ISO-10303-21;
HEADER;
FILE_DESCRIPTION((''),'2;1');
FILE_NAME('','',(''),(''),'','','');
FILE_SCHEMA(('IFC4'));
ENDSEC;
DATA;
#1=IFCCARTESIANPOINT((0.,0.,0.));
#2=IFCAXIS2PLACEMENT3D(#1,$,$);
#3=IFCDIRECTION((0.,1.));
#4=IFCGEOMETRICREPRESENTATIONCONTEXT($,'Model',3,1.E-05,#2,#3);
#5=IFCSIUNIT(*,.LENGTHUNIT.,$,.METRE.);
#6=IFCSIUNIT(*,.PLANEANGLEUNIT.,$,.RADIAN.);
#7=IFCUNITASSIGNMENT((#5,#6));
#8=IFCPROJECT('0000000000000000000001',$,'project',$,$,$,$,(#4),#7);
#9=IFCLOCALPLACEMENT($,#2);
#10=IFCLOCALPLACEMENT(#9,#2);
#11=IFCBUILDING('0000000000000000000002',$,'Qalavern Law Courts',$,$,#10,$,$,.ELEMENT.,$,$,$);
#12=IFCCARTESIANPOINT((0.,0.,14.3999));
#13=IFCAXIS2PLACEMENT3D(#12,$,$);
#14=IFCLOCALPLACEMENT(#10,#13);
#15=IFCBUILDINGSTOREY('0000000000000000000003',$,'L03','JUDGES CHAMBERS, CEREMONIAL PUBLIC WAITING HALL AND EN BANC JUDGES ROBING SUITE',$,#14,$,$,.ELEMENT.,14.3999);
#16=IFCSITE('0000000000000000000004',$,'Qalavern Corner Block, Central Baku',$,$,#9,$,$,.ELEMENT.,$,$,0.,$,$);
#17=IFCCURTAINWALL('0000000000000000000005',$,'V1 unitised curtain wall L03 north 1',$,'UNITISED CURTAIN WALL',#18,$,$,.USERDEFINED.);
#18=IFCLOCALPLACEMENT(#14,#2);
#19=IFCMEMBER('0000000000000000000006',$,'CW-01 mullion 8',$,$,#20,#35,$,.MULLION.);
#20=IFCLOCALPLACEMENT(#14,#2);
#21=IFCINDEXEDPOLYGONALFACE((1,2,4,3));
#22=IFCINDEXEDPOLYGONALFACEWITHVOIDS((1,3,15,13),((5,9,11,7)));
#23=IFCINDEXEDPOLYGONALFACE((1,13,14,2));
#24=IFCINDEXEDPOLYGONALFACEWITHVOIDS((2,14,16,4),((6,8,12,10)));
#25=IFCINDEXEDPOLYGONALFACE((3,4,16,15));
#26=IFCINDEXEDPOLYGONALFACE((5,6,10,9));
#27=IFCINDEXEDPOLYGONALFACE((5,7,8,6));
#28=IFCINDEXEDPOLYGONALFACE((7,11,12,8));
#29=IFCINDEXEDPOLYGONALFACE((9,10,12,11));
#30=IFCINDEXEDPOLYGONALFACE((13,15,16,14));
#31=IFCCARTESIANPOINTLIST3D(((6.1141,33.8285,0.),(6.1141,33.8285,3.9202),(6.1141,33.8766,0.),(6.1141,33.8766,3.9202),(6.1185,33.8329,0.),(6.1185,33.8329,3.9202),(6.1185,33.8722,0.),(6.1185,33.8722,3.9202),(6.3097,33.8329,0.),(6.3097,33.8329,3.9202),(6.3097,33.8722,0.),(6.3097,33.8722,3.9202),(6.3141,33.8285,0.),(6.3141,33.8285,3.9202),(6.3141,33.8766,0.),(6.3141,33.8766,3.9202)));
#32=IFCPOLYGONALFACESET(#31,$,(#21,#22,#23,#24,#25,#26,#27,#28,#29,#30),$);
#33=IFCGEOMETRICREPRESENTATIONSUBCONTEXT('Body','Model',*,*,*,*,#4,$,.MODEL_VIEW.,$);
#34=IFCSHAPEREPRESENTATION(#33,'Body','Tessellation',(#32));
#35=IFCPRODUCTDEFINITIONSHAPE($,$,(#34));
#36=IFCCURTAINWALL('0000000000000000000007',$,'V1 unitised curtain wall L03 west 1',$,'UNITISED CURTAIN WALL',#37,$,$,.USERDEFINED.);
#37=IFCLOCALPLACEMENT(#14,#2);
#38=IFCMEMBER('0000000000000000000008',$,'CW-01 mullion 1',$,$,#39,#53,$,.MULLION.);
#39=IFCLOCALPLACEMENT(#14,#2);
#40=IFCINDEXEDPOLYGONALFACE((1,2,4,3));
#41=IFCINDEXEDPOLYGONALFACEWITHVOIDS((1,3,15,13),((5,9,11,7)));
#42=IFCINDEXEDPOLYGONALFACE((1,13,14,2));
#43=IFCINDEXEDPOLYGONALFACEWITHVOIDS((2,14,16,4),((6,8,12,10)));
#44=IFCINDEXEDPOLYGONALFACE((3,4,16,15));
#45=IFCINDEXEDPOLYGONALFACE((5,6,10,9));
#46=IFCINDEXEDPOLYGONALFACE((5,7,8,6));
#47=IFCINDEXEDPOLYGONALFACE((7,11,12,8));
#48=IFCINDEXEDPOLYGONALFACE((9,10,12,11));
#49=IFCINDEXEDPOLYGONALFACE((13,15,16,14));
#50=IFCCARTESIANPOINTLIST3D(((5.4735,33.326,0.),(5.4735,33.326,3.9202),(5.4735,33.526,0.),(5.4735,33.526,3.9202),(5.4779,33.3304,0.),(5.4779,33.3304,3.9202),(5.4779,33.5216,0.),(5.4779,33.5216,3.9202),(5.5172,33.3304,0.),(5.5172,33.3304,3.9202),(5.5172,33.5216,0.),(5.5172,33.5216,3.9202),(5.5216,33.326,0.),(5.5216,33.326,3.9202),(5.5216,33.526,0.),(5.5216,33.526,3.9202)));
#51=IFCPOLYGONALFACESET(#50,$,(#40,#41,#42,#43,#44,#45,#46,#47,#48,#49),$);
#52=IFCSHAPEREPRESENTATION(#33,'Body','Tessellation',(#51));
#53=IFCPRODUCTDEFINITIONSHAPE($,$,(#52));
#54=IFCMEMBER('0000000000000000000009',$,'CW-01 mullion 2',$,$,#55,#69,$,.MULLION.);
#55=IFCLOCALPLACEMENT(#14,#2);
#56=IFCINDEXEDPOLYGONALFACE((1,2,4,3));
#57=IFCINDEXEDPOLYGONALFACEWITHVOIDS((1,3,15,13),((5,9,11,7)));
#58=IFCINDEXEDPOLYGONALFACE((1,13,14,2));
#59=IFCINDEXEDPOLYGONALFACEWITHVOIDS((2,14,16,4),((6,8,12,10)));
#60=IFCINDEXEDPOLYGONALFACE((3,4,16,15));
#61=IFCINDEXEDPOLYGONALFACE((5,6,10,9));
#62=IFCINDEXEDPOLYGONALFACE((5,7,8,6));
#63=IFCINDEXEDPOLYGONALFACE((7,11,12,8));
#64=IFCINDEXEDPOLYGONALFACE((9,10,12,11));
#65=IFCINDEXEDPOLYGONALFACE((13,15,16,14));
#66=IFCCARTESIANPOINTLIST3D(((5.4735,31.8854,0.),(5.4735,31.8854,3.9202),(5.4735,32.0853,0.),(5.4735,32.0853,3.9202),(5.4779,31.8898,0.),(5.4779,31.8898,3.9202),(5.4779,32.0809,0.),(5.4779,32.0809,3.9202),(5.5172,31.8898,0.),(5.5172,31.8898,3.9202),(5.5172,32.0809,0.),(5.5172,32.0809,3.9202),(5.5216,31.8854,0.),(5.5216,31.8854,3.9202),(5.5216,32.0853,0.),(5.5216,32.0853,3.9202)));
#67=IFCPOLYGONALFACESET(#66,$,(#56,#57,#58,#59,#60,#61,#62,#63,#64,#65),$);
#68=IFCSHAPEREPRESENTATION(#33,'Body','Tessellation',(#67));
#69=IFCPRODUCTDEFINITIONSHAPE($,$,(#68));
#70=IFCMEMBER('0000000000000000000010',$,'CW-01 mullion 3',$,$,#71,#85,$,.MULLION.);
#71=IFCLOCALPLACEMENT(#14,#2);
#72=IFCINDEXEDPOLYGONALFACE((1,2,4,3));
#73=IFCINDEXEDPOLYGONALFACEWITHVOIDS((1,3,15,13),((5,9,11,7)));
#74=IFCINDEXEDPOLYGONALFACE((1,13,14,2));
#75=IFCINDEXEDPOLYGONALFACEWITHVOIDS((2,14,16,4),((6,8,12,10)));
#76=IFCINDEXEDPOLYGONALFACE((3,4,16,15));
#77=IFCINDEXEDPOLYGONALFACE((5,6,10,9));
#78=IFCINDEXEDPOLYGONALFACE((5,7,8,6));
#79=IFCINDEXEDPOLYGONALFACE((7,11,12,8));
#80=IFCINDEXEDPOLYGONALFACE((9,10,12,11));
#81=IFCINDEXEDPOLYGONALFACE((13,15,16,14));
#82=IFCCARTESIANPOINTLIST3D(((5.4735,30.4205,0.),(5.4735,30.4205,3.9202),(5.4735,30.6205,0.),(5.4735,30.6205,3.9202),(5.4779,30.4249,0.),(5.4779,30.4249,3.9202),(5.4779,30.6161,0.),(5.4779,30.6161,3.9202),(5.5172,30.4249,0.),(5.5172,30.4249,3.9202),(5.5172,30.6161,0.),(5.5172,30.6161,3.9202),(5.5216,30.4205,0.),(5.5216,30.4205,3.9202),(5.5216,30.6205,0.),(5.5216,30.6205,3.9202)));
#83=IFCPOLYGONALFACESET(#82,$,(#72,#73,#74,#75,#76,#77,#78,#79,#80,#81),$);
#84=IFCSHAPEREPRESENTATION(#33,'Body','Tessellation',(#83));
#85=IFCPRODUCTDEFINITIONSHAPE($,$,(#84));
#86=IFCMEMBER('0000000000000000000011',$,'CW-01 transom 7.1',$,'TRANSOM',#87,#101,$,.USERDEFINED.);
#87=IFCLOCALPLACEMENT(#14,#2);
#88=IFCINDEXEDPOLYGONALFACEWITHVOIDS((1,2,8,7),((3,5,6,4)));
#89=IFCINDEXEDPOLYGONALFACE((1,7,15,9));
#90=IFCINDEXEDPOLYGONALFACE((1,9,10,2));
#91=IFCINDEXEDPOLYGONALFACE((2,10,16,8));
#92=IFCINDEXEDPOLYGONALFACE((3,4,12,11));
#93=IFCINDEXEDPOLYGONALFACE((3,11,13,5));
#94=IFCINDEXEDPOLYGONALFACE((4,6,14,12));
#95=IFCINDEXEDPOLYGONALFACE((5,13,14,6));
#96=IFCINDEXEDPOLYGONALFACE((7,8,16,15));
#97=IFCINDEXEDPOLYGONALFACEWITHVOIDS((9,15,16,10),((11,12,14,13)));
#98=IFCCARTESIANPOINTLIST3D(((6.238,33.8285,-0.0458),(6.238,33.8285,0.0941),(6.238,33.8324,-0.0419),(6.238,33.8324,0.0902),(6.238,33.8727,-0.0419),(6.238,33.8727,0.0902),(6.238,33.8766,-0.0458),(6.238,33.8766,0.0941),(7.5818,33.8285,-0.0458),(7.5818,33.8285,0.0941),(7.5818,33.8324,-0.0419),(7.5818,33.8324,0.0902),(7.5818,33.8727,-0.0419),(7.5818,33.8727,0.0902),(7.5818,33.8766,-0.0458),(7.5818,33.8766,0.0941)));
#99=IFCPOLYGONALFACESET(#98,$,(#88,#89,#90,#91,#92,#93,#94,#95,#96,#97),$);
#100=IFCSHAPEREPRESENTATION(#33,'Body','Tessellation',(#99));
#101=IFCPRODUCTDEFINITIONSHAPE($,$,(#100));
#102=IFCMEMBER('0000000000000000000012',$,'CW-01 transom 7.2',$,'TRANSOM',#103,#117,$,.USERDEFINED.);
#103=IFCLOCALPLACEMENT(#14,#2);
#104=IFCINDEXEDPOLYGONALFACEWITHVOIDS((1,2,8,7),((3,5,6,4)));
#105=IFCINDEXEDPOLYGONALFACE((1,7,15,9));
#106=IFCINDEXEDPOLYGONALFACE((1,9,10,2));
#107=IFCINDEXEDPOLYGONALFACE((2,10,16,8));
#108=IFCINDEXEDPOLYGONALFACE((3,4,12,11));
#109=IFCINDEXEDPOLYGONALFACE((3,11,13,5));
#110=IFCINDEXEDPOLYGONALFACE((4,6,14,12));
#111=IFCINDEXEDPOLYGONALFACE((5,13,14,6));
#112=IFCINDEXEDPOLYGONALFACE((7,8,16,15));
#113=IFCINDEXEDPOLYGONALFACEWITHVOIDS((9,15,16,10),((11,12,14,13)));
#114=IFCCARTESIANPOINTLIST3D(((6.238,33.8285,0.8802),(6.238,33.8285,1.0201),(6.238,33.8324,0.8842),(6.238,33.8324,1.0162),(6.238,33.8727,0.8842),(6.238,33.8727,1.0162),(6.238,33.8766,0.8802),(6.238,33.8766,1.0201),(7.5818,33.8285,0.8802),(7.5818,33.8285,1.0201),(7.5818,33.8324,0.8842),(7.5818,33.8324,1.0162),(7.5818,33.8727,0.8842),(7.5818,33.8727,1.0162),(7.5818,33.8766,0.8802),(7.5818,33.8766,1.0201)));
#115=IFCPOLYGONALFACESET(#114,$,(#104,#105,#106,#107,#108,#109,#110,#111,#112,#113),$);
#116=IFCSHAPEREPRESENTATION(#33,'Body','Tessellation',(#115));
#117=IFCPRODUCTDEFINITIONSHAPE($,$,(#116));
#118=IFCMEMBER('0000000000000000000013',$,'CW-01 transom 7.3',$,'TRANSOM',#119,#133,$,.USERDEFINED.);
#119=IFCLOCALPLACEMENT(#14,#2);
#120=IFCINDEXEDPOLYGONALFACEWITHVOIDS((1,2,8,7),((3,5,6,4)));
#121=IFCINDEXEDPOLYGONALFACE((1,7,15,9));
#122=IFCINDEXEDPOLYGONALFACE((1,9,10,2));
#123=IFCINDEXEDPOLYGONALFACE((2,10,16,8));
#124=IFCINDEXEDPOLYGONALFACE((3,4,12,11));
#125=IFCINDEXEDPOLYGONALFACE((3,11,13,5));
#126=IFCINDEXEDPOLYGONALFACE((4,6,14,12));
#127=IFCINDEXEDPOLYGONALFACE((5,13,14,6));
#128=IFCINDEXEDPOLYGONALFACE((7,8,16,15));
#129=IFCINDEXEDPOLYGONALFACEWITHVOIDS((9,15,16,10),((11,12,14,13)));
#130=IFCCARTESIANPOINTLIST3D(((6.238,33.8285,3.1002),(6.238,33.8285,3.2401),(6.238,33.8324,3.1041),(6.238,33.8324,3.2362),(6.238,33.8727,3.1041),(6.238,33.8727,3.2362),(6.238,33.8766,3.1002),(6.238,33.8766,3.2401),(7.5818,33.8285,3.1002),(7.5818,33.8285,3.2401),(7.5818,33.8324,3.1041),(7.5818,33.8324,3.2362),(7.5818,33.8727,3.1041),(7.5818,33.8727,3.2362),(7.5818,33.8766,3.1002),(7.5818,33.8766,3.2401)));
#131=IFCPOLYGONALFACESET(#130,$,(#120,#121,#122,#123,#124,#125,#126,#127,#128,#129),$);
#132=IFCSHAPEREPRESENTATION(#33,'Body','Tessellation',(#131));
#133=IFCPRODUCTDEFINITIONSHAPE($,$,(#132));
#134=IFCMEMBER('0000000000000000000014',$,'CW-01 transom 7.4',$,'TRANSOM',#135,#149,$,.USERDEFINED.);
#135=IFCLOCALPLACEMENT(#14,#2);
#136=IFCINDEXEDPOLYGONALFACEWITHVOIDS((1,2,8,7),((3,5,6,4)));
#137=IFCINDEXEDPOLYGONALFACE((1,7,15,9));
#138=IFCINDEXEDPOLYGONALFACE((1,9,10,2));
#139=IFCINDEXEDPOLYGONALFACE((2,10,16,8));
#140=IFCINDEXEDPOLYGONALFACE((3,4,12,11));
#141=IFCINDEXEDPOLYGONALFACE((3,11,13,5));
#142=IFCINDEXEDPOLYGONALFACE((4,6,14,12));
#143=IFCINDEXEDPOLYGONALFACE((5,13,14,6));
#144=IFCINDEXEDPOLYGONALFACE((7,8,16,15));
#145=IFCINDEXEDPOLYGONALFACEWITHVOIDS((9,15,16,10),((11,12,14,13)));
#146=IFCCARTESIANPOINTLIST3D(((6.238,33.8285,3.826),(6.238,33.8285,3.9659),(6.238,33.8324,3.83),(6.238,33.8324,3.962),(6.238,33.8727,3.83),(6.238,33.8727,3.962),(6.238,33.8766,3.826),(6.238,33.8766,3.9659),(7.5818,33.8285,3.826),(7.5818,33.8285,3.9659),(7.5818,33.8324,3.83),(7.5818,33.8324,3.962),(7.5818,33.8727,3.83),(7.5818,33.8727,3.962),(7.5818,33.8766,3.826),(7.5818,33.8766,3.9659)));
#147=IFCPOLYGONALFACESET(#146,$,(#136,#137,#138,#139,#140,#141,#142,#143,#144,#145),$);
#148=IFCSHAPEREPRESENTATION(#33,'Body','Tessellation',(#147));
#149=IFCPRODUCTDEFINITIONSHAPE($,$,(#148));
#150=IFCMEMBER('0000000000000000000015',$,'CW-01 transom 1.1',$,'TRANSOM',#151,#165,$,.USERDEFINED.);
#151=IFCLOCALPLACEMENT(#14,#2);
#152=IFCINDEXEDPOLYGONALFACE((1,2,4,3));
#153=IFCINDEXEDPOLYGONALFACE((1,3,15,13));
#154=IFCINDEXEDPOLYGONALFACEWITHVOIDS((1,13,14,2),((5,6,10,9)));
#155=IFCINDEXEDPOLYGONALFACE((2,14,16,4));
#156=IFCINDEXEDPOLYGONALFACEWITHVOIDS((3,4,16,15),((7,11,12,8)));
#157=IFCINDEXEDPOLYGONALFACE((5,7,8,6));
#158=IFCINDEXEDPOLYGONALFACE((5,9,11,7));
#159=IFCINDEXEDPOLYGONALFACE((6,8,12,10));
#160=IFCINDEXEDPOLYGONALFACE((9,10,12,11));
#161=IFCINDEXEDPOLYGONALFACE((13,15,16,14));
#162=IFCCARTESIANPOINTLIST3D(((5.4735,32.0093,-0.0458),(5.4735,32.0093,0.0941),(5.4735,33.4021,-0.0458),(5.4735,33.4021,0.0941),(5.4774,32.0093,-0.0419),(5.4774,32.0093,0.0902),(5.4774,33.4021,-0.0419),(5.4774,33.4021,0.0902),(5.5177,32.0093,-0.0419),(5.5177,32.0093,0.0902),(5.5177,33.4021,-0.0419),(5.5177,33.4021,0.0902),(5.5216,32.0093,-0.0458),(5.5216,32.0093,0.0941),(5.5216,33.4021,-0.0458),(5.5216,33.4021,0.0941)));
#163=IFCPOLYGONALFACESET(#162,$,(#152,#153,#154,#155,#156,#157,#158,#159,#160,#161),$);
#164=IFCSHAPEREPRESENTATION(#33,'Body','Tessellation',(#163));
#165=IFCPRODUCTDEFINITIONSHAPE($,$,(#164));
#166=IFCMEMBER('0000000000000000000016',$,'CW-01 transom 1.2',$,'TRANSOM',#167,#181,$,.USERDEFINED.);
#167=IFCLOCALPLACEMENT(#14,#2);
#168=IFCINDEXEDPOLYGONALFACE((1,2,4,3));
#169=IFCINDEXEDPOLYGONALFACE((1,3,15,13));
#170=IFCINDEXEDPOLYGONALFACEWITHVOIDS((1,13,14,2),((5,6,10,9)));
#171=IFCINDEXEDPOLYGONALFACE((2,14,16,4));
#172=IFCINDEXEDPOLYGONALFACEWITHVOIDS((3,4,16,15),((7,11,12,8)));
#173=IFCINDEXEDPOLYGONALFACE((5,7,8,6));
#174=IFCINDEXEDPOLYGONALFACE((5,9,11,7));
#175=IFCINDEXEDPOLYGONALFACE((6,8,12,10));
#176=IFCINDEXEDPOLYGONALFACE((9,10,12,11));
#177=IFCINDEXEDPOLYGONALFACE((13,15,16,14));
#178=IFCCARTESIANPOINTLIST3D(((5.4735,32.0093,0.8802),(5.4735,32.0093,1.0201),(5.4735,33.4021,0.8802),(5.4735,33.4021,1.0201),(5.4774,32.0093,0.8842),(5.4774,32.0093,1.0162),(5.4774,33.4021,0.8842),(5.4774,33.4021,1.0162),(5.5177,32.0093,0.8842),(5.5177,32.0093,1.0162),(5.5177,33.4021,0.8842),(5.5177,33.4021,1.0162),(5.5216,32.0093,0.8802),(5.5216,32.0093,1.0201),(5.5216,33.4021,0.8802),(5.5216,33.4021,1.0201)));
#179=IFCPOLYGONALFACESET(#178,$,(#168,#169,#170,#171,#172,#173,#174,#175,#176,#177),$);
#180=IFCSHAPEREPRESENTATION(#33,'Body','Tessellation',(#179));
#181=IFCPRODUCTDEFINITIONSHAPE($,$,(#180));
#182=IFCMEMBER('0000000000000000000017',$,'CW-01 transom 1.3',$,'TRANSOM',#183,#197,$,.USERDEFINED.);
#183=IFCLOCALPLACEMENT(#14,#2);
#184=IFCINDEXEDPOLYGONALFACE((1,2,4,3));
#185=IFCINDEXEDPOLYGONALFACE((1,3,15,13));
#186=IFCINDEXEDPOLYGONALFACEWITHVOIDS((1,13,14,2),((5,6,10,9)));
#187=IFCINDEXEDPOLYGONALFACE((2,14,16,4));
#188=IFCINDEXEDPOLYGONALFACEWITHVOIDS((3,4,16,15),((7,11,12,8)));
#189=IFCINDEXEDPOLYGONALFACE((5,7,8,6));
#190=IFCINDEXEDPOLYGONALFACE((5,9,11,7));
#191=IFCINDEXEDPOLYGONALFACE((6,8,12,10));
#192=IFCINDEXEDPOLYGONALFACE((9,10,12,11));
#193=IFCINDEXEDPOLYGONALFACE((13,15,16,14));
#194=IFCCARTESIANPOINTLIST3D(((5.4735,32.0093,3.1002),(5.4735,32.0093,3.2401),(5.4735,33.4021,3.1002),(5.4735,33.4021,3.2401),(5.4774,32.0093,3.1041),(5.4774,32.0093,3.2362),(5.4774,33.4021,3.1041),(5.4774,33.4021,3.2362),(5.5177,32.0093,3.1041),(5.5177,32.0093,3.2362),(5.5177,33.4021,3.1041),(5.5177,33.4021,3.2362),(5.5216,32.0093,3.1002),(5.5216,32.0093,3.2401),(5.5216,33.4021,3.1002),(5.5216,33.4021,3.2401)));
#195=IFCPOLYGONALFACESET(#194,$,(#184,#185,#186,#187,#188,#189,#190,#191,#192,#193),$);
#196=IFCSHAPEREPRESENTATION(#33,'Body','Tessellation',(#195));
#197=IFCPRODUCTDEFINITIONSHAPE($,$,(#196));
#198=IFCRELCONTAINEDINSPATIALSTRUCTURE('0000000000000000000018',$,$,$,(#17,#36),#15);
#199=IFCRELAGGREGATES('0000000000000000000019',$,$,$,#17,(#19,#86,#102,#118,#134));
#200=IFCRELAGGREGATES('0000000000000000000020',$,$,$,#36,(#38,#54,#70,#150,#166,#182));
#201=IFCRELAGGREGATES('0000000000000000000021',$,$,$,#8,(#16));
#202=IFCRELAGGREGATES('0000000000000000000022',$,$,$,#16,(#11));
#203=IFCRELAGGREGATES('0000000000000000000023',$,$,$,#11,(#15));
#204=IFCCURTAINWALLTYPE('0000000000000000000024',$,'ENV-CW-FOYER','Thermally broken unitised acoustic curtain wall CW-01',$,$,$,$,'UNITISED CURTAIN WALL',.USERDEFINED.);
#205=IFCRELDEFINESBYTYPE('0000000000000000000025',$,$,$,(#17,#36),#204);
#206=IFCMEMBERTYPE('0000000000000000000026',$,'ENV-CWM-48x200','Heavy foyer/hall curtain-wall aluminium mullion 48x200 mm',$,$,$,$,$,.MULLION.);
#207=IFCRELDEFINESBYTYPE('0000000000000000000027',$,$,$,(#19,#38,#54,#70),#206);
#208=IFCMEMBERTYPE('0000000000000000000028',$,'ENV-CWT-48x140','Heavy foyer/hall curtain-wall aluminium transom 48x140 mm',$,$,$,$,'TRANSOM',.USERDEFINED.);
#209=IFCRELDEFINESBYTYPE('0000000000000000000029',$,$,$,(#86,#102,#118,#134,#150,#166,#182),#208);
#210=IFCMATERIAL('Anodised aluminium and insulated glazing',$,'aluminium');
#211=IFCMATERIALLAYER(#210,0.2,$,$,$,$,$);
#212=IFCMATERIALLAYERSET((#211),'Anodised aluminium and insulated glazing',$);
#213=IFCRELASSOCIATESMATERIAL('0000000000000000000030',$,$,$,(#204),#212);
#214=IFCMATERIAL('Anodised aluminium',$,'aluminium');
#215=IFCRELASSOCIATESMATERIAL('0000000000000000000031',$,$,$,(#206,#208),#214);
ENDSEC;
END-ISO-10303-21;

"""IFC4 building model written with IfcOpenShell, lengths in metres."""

from ifc_helpers import new_model, si_unit, direction, frame, origin, origin_2d, place, context, subcontext, project, spatial, hollow_rectangle, extrude, material, layer, layer_set, material_profile, profile_set, type_object, element, aggregate, save


model = new_model("IFC4")

# Units and contexts
model_context = context("Model", 3, precision=1e-05, world=origin(), true_north=direction((0.0, 1.0)))
body_context = subcontext(model_context, "Body", "Model", "MODEL_VIEW")
ifc_project = project(units=[si_unit("LENGTHUNIT", "METRE"), si_unit("PLANEANGLEUNIT", "RADIAN")], contexts=[model_context])

# Site, building, storey
site_placement = place(None, origin())
site = spatial("IfcSite", under=ifc_project, at=site_placement, Name="Qalavern Corner Block, Central Baku", CompositionType="ELEMENT", RefElevation=0.0)
building_placement = place(site_placement, origin())
building = spatial("IfcBuilding", under=site, at=building_placement, Name="Qalavern Law Courts", CompositionType="ELEMENT")
storey_placement = place(building_placement, frame((0.0, 0.0, 14.3999)))
storey = spatial("IfcBuildingStorey", under=building, at=storey_placement, Name="L03", Description="JUDGES CHAMBERS, CEREMONIAL PUBLIC WAITING HALL AND EN BANC JUDGES ROBING SUITE", CompositionType="ELEMENT", Elevation=14.3999)

# Curtain wall, member
ifc_material_1 = material(Name="Anodised aluminium and insulated glazing", Category="aluminium")
ifc_layer_1 = layer(ifc_material_1, 0.2)
ifc_layer_set_1 = layer_set([ifc_layer_1], Name="Anodised aluminium and insulated glazing")
curtain_wall_type = type_object("IfcCurtainWallType", Name="ENV-CW-FOYER", Description="Thermally broken unitised acoustic curtain wall CW-01", ElementType="UNITISED CURTAIN WALL", PredefinedType="USERDEFINED", material=ifc_layer_set_1)
curtain_wall_1_placement = place(storey_placement, origin())
curtain_wall_1 = element("IfcCurtainWall", 1, at=curtain_wall_1_placement, inside=storey, type_object=curtain_wall_type, Name="V1 unitised curtain wall L03 north 1", ObjectType="UNITISED CURTAIN WALL", PredefinedType="USERDEFINED")
ifc_material_2 = material(Name="Anodised aluminium", Category="aluminium")
ifc_material_profile_1 = material_profile(ifc_material_2, hollow_rectangle(XDim=0.0481, YDim=0.2, WallThickness=0.0044, at=origin_2d()), Name="ALU MULLION 48x200")
ifc_profile_set_1 = profile_set([ifc_material_profile_1], Name="Anodised aluminium")
member_type_1 = type_object("IfcMemberType", Name="ENV-CWM-48x200", Description="Heavy foyer/hall curtain-wall aluminium mullion 48x200 mm", PredefinedType="MULLION", material=ifc_profile_set_1)
member_1_placement = place(storey_placement, frame((6.2141, 33.8525, 0.0), z_axis=(0.0, 0.0, 1.0), x_axis=(0.0, -1.0, 0.0)))
member_1 = element("IfcMember", 2, at=member_1_placement, type_object=member_type_1, Name="CW-01 mullion 8", PredefinedType="MULLION", context=body_context, shape_type="SweptSolid", body=[
    extrude(hollow_rectangle(XDim=0.0481, YDim=0.2, WallThickness=0.0044, at=origin_2d()), origin(), (0.0, 0.0, 1.0), 3.9202),
])

# Curtain wall, members
curtain_wall_2_placement = place(storey_placement, origin())
curtain_wall_2 = element("IfcCurtainWall", 3, at=curtain_wall_2_placement, inside=storey, type_object=curtain_wall_type, Name="V1 unitised curtain wall L03 west 1", ObjectType="UNITISED CURTAIN WALL", PredefinedType="USERDEFINED")
member_2_placement = place(storey_placement, frame((5.4976, 33.426, 0.0), z_axis=(0.0, 0.0, 1.0), x_axis=(1.0, 0.0, 0.0)))
member_2 = element("IfcMember", 4, at=member_2_placement, type_object=member_type_1, Name="CW-01 mullion 1", PredefinedType="MULLION", context=body_context, shape_type="SweptSolid", body=[
    extrude(hollow_rectangle(XDim=0.0481, YDim=0.2, WallThickness=0.0044, at=origin_2d()), origin(), (0.0, 0.0, 1.0), 3.9202),
])
member_3_placement = place(storey_placement, frame((5.4976, 31.9854, 0.0), z_axis=(0.0, 0.0, 1.0), x_axis=(1.0, 0.0, 0.0)))
member_3 = element("IfcMember", 5, at=member_3_placement, type_object=member_type_1, Name="CW-01 mullion 2", PredefinedType="MULLION", context=body_context, shape_type="SweptSolid", body=[
    extrude(hollow_rectangle(XDim=0.0481, YDim=0.2, WallThickness=0.0044, at=origin_2d()), origin(), (0.0, 0.0, 1.0), 3.9202),
])
member_4_placement = place(storey_placement, frame((5.4976, 30.5205, 0.0), z_axis=(0.0, 0.0, 1.0), x_axis=(1.0, 0.0, 0.0)))
member_4 = element("IfcMember", 6, at=member_4_placement, type_object=member_type_1, Name="CW-01 mullion 3", PredefinedType="MULLION", context=body_context, shape_type="SweptSolid", body=[
    extrude(hollow_rectangle(XDim=0.0481, YDim=0.2, WallThickness=0.0044, at=origin_2d()), origin(), (0.0, 0.0, 1.0), 3.9202),
])

# Members
ifc_material_profile_2 = material_profile(ifc_material_2, hollow_rectangle(XDim=0.0481, YDim=0.1399, WallThickness=0.0039, at=origin_2d()), Name="ALU TRANSOM 48x140")
ifc_profile_set_2 = profile_set([ifc_material_profile_2], Name="Anodised aluminium")
member_type_2 = type_object("IfcMemberType", Name="ENV-CWT-48x140", Description="Heavy foyer/hall curtain-wall aluminium transom 48x140 mm", ElementType="TRANSOM", PredefinedType="USERDEFINED", material=ifc_profile_set_2)
member_5_placement = place(storey_placement, frame((7.5818, 33.8525, 0.0242), z_axis=(-1.0, 0.0, 0.0), x_axis=(0.0, -1.0, 0.0)))
member_5 = element("IfcMember", 7, at=member_5_placement, type_object=member_type_2, Name="CW-01 transom 7.1", ObjectType="TRANSOM", PredefinedType="USERDEFINED", context=body_context, shape_type="SweptSolid", body=[
    extrude(hollow_rectangle(XDim=0.0481, YDim=0.1399, WallThickness=0.0039, at=origin_2d()), origin(), (0.0, 0.0, 1.0), 1.3438),
])
member_6_placement = place(storey_placement, frame((7.5818, 33.8525, 0.9502), z_axis=(-1.0, 0.0, 0.0), x_axis=(0.0, -1.0, 0.0)))
member_6 = element("IfcMember", 8, at=member_6_placement, type_object=member_type_2, Name="CW-01 transom 7.2", ObjectType="TRANSOM", PredefinedType="USERDEFINED", context=body_context, shape_type="SweptSolid", body=[
    extrude(hollow_rectangle(XDim=0.0481, YDim=0.1399, WallThickness=0.0039, at=origin_2d()), origin(), (0.0, 0.0, 1.0), 1.3438),
])
member_7_placement = place(storey_placement, frame((7.5818, 33.8525, 3.1702), z_axis=(-1.0, 0.0, 0.0), x_axis=(0.0, -1.0, 0.0)))
member_7 = element("IfcMember", 9, at=member_7_placement, type_object=member_type_2, Name="CW-01 transom 7.3", ObjectType="TRANSOM", PredefinedType="USERDEFINED", context=body_context, shape_type="SweptSolid", body=[
    extrude(hollow_rectangle(XDim=0.0481, YDim=0.1399, WallThickness=0.0039, at=origin_2d()), origin(), (0.0, 0.0, 1.0), 1.3438),
])
member_8_placement = place(storey_placement, frame((7.5818, 33.8525, 3.896), z_axis=(-1.0, 0.0, 0.0), x_axis=(0.0, -1.0, 0.0)))
member_8 = element("IfcMember", 10, at=member_8_placement, type_object=member_type_2, Name="CW-01 transom 7.4", ObjectType="TRANSOM", PredefinedType="USERDEFINED", context=body_context, shape_type="SweptSolid", body=[
    extrude(hollow_rectangle(XDim=0.0481, YDim=0.1399, WallThickness=0.0039, at=origin_2d()), origin(), (0.0, 0.0, 1.0), 1.3438),
])
member_9_placement = place(storey_placement, frame((5.4976, 33.4021, 0.0242), z_axis=(0.0, -1.0, 0.0), x_axis=(1.0, 0.0, 0.0)))
member_9 = element("IfcMember", 11, at=member_9_placement, type_object=member_type_2, Name="CW-01 transom 1.1", ObjectType="TRANSOM", PredefinedType="USERDEFINED", context=body_context, shape_type="SweptSolid", body=[
    extrude(hollow_rectangle(XDim=0.0481, YDim=0.1399, WallThickness=0.0039, at=origin_2d()), origin(), (0.0, 0.0, 1.0), 1.3928),
])
member_10_placement = place(storey_placement, frame((5.4976, 33.4021, 0.9502), z_axis=(0.0, -1.0, 0.0), x_axis=(1.0, 0.0, 0.0)))
member_10 = element("IfcMember", 12, at=member_10_placement, type_object=member_type_2, Name="CW-01 transom 1.2", ObjectType="TRANSOM", PredefinedType="USERDEFINED", context=body_context, shape_type="SweptSolid", body=[
    extrude(hollow_rectangle(XDim=0.0481, YDim=0.1399, WallThickness=0.0039, at=origin_2d()), origin(), (0.0, 0.0, 1.0), 1.3928),
])
member_11_placement = place(storey_placement, frame((5.4976, 33.4021, 3.1702), z_axis=(0.0, -1.0, 0.0), x_axis=(1.0, 0.0, 0.0)))
member_11 = element("IfcMember", 13, at=member_11_placement, type_object=member_type_2, Name="CW-01 transom 1.3", ObjectType="TRANSOM", PredefinedType="USERDEFINED", context=body_context, shape_type="SweptSolid", body=[
    extrude(hollow_rectangle(XDim=0.0481, YDim=0.1399, WallThickness=0.0039, at=origin_2d()), origin(), (0.0, 0.0, 1.0), 1.3928),
])

aggregate(curtain_wall_1, [member_1, member_5, member_6, member_7, member_8])
aggregate(curtain_wall_2, [member_2, member_3, member_4, member_9, member_10, member_11])

save(model, "model.ifc")
